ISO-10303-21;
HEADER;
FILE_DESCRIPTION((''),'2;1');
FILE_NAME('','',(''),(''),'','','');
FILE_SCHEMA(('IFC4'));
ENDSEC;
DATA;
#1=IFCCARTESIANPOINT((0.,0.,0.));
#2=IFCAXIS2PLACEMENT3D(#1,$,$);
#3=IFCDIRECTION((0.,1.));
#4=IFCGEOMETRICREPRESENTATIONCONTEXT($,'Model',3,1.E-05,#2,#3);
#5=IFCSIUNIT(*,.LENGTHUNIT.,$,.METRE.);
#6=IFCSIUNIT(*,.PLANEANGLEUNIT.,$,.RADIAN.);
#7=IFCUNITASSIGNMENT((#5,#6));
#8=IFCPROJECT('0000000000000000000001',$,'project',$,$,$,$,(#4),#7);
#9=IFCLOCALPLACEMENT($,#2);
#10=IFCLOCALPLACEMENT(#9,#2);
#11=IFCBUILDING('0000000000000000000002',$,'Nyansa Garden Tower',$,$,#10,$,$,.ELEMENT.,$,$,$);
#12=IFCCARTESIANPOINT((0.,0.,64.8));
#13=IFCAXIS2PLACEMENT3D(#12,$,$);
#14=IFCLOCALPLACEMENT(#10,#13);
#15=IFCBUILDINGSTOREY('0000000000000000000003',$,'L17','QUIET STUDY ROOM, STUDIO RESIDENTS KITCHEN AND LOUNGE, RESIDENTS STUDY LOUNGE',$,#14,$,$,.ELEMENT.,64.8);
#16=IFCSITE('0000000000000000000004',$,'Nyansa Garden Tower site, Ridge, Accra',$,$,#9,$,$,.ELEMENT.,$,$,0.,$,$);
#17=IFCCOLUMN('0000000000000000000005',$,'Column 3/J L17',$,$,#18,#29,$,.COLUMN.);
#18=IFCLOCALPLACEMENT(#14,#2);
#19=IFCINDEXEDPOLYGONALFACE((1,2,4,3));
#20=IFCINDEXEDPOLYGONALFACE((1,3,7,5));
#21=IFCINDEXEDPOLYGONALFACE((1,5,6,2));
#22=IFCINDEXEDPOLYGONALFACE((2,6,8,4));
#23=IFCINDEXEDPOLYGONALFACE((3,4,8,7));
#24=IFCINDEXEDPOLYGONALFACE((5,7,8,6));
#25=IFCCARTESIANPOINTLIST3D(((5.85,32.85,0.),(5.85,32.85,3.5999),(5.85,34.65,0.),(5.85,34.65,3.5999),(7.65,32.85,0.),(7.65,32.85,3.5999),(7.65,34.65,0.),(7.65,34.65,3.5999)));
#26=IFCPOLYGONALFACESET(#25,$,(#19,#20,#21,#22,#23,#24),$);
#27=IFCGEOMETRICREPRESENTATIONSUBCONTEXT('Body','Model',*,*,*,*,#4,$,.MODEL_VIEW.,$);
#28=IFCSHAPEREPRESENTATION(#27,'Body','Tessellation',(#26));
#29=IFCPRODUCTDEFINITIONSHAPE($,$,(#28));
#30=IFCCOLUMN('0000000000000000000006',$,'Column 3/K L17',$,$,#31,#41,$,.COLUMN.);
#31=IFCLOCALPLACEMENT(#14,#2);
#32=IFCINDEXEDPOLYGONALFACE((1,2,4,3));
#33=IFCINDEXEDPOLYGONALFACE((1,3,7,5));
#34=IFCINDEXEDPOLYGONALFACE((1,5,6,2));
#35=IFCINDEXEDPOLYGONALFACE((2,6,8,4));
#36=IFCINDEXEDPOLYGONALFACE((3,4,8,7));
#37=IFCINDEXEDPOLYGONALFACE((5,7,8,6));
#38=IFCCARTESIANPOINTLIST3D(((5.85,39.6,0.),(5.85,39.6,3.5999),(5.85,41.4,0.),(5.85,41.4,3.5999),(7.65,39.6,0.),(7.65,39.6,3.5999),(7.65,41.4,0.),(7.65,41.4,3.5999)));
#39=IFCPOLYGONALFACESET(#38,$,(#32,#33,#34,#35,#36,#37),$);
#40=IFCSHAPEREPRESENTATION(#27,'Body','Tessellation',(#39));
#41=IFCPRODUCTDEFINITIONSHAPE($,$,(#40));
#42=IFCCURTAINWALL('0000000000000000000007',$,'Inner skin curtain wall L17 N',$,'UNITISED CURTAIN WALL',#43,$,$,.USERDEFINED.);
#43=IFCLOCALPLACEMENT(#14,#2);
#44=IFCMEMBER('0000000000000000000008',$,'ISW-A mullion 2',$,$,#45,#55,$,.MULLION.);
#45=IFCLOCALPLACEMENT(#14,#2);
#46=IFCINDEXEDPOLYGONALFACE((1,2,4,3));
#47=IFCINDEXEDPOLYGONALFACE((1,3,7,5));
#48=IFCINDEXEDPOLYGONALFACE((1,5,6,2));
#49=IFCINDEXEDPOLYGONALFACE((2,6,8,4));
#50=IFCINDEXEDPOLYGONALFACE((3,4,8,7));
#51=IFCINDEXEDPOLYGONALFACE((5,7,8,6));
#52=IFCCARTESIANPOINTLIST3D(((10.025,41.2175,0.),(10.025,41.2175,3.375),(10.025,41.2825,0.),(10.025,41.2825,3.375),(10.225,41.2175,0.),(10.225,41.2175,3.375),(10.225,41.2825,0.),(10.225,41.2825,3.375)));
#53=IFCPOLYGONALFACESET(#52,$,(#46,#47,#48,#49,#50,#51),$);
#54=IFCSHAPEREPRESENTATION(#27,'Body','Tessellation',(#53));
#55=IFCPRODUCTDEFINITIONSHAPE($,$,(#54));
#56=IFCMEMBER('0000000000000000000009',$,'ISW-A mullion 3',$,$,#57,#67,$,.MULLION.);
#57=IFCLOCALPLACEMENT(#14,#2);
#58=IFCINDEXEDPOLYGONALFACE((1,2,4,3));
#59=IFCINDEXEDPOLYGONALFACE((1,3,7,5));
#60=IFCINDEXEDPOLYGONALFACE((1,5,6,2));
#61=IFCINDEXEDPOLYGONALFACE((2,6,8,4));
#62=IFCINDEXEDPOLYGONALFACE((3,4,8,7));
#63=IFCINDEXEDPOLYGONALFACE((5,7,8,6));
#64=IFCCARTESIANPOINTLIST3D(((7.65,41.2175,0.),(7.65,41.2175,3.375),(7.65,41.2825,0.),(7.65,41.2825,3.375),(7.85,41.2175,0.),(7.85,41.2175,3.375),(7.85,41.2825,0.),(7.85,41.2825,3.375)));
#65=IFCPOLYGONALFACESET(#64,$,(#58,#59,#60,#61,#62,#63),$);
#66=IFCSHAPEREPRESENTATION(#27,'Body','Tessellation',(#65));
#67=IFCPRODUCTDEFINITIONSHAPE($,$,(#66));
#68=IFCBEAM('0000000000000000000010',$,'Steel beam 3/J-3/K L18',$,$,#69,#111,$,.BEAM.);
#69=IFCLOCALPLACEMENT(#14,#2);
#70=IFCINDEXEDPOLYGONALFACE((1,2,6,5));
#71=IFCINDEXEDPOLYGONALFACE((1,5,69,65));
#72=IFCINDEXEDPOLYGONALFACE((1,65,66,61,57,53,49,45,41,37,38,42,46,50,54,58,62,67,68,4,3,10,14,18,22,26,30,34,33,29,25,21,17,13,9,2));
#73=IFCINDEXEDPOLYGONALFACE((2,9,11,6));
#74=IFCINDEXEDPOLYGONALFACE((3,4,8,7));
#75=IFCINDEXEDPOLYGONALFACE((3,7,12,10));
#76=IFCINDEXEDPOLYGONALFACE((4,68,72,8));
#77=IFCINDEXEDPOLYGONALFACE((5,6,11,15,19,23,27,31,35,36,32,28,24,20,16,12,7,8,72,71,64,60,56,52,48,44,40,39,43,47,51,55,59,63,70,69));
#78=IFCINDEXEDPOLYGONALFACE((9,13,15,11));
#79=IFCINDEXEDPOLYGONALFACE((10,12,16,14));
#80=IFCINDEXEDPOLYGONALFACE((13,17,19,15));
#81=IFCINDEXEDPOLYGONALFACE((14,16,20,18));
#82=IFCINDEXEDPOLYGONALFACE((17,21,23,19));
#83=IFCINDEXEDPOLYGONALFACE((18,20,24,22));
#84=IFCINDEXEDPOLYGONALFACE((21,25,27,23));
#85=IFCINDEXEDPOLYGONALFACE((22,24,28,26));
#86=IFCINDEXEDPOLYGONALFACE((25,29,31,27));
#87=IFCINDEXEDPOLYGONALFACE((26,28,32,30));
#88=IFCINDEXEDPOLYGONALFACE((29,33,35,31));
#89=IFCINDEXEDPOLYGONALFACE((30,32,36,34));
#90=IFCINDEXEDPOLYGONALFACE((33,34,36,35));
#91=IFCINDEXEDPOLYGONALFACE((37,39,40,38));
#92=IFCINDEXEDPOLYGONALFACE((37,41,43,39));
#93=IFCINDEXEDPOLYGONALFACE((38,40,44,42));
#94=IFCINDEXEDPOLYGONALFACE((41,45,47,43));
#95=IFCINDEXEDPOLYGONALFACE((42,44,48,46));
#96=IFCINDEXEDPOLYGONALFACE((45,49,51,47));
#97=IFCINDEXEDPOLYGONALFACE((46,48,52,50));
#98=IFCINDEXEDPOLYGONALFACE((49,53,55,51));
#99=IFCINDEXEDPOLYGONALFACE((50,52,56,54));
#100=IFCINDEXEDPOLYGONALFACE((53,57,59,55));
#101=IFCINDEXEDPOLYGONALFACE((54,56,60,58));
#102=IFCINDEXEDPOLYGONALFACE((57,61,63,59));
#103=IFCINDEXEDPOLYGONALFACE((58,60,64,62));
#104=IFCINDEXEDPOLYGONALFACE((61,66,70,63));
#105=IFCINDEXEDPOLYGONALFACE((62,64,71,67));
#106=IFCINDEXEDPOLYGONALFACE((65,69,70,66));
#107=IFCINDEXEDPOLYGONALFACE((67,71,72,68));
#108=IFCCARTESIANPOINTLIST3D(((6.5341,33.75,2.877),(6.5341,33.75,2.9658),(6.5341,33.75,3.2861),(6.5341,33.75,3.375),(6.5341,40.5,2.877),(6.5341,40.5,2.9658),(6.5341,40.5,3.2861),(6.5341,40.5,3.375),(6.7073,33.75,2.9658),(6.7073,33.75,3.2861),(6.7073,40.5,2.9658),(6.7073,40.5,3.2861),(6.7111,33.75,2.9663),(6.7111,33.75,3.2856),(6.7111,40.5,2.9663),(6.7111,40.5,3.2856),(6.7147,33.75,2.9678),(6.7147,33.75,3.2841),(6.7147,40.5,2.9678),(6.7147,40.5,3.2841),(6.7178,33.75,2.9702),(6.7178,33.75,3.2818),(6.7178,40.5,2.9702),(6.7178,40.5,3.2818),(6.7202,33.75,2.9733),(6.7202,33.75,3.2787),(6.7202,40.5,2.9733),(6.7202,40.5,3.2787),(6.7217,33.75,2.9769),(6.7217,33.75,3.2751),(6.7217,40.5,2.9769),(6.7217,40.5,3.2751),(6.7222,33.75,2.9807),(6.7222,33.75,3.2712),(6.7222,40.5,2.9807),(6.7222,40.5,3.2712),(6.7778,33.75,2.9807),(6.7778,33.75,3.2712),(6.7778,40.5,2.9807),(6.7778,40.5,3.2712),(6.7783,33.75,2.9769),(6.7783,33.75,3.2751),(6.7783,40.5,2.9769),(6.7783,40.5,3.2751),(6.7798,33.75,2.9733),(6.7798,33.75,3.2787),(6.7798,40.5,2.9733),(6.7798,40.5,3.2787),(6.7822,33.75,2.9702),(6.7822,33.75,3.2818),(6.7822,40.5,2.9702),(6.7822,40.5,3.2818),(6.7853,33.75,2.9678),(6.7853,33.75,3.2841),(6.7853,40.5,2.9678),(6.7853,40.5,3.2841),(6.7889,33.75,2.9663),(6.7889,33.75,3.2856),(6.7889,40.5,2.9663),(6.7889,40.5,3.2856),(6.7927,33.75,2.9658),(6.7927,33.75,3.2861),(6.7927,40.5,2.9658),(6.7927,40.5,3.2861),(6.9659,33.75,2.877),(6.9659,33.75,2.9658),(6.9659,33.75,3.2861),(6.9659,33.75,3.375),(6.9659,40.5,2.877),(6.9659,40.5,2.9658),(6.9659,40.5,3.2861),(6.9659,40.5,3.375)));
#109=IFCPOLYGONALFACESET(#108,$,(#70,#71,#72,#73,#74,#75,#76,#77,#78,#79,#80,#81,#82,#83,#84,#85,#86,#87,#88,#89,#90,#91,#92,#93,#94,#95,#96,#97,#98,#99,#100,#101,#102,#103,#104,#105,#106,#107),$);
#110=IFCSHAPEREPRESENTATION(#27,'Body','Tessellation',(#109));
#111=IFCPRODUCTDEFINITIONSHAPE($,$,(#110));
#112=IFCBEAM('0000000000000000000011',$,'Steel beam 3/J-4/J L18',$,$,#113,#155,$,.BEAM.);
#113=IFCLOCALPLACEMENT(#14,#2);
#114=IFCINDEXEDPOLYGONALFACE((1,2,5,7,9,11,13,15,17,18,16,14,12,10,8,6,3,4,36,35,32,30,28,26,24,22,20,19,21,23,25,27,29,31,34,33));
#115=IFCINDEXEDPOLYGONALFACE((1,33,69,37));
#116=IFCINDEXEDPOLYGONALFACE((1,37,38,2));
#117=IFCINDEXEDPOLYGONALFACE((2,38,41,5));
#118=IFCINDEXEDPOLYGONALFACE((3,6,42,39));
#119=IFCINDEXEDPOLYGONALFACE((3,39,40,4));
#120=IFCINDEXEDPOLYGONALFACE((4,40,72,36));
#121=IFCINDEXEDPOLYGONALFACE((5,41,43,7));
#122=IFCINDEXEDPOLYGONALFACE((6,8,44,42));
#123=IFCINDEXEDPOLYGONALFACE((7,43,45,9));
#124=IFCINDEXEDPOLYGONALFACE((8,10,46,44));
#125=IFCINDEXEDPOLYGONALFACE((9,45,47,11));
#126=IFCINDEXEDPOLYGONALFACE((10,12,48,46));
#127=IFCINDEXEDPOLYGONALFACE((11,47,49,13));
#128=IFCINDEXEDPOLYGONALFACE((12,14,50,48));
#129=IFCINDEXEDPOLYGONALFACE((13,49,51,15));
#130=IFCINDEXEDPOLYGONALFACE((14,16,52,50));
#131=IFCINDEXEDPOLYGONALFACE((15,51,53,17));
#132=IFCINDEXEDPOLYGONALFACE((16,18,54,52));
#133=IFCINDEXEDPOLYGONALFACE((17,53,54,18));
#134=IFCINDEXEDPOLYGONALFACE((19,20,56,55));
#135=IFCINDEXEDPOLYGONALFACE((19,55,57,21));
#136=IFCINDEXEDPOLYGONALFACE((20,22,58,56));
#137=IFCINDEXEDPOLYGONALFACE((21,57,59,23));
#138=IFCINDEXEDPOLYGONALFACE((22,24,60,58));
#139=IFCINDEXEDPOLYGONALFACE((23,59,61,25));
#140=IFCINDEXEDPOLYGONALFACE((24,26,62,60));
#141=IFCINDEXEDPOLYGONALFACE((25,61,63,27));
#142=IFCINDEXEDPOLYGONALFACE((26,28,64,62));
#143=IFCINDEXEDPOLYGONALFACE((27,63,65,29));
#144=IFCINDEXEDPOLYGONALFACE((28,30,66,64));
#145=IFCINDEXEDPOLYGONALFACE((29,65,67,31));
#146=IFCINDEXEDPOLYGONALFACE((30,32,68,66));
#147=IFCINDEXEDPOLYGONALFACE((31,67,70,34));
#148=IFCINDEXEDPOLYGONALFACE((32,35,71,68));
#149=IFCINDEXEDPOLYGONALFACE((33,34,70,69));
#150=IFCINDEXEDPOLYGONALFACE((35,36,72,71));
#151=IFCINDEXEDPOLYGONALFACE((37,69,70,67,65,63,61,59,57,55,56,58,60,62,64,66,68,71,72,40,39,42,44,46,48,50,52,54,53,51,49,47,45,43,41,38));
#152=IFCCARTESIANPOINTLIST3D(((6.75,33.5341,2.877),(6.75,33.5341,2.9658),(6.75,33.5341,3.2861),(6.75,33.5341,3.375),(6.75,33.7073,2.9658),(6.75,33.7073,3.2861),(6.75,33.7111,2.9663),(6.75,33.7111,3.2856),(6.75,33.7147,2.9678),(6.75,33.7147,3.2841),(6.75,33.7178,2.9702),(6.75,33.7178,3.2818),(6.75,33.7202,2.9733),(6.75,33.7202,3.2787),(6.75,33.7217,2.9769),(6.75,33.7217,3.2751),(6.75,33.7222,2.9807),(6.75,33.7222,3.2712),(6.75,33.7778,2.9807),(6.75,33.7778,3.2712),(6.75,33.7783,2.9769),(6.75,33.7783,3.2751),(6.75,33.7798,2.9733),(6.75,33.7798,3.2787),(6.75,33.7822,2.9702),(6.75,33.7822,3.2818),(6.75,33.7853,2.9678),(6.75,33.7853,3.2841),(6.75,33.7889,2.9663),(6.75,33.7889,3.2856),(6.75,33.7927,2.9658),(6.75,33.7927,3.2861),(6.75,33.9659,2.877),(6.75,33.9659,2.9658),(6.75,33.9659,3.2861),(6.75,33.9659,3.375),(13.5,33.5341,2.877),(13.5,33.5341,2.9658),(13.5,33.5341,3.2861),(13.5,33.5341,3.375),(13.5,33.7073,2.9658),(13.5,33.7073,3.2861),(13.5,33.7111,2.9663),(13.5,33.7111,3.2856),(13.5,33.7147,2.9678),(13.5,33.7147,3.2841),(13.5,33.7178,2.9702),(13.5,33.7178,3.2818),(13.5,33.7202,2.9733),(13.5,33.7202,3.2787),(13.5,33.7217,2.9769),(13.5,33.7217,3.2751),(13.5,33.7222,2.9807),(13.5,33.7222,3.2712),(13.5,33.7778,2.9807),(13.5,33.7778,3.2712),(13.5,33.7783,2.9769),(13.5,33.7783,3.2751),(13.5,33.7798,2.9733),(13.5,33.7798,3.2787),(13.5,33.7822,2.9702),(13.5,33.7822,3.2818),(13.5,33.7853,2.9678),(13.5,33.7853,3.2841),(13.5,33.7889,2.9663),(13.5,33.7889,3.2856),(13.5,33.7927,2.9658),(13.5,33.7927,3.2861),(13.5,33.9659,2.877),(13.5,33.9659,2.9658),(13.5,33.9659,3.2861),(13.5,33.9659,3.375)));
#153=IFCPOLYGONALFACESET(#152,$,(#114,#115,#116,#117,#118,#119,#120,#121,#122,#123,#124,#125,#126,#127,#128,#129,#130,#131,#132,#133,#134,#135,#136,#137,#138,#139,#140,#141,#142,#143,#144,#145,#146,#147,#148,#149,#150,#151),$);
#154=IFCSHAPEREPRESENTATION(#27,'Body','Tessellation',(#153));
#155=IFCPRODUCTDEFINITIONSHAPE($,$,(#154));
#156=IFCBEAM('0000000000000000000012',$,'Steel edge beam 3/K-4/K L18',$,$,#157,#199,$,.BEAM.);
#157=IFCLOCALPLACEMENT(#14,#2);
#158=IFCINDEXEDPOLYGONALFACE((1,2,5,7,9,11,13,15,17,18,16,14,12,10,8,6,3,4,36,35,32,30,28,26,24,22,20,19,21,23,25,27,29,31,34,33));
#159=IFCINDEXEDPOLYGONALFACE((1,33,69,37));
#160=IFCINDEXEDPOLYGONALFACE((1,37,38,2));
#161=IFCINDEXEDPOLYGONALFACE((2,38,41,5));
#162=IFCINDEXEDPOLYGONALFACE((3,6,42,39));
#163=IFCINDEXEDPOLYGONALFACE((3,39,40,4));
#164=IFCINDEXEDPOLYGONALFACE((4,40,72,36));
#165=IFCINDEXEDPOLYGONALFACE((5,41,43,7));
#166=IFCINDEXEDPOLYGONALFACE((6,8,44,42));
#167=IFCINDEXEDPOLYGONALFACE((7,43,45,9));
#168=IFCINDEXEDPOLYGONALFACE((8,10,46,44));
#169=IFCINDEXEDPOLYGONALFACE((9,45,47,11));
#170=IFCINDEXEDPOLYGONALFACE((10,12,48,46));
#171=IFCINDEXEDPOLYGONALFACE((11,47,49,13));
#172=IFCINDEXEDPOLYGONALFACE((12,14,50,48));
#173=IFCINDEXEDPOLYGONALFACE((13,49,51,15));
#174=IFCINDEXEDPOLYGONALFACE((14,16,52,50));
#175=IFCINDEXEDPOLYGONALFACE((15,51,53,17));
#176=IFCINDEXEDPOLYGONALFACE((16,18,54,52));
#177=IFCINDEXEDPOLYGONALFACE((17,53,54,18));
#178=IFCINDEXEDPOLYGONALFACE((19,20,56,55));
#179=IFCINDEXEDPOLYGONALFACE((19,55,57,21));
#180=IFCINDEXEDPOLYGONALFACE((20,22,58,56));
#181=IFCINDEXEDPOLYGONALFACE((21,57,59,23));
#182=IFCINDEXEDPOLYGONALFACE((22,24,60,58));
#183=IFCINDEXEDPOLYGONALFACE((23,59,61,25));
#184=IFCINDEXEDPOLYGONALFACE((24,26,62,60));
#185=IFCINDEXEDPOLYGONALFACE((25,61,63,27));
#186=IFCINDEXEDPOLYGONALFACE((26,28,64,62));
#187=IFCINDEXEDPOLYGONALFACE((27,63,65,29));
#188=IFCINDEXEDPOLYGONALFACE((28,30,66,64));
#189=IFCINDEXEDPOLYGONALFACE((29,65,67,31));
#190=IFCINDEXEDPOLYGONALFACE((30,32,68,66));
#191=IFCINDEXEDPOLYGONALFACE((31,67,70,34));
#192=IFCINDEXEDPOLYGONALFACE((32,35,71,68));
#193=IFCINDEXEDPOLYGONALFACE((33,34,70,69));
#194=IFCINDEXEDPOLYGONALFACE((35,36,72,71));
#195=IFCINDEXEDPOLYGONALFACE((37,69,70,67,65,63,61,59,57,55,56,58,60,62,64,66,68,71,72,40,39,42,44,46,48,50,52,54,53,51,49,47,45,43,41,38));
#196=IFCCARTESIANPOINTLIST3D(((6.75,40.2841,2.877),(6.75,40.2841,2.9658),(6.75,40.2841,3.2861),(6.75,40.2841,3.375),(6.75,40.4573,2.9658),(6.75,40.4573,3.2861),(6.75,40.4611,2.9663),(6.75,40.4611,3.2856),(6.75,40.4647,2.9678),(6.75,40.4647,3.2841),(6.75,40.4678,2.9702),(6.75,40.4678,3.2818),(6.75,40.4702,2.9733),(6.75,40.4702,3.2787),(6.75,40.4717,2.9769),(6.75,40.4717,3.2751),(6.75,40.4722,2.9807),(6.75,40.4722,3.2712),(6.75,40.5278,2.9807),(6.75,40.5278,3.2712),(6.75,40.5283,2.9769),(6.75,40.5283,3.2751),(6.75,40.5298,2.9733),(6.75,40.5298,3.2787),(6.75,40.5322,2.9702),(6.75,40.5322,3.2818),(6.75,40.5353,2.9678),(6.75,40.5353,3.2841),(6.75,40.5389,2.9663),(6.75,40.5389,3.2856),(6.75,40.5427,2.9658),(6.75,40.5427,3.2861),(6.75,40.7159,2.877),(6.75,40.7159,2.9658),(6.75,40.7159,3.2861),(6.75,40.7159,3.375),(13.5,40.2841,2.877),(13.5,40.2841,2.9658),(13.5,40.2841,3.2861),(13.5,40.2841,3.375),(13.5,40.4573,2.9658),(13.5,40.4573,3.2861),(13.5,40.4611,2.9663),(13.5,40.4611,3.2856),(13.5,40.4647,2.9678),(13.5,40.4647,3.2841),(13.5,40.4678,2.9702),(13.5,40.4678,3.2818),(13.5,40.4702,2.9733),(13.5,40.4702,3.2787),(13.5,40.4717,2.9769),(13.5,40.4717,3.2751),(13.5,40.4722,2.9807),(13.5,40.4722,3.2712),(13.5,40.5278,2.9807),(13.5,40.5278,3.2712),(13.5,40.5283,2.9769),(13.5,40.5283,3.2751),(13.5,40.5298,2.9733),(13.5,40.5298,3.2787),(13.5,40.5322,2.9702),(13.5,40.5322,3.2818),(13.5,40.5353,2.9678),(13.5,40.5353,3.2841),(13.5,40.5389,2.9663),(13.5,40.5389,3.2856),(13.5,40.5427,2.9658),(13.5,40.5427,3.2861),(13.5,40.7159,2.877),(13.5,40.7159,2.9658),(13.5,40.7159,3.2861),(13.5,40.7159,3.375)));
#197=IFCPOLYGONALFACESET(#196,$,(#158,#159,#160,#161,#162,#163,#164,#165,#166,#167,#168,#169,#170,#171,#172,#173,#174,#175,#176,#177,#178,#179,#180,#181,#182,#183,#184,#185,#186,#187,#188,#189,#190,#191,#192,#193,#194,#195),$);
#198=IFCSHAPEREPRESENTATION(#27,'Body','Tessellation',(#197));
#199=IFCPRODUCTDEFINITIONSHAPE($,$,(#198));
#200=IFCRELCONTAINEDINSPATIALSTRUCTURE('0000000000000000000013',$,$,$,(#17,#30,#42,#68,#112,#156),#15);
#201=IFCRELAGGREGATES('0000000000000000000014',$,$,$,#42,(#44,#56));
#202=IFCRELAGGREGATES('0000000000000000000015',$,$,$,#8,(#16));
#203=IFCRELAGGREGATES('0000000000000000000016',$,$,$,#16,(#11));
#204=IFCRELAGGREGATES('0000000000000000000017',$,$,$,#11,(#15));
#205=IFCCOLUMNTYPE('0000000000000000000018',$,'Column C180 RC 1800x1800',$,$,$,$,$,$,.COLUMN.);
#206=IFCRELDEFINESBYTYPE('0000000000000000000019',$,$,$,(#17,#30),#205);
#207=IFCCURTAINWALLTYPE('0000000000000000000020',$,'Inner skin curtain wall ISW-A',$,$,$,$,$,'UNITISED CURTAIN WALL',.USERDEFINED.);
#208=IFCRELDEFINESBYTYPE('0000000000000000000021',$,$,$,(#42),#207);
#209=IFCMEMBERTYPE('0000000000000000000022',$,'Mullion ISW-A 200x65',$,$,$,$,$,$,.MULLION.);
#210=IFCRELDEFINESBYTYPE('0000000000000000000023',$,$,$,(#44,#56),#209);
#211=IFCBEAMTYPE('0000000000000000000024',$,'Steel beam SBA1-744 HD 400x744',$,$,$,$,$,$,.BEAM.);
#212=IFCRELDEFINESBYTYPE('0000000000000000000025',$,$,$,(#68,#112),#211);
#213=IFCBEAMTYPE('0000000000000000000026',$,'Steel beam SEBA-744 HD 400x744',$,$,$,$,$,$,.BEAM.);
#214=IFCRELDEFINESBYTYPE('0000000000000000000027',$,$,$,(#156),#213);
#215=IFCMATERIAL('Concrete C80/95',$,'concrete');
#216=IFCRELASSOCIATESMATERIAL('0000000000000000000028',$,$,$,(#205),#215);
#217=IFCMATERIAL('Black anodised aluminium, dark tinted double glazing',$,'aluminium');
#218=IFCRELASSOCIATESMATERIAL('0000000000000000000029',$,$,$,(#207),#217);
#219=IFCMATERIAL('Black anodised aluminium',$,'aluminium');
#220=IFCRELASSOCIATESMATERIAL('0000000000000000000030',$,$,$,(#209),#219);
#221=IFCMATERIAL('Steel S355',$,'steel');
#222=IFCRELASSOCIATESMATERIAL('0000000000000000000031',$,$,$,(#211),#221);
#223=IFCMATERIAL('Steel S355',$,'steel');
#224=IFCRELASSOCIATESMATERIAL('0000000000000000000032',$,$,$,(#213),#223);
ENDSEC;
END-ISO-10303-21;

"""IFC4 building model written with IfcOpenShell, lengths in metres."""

from ifc_helpers import new_model, si_unit, direction, frame, origin, origin_2d, place, context, subcontext, project, spatial, rectangle, i_section, extrude, material, material_profile, profile_set, type_object, element, aggregate, save


model = new_model("IFC4")

# Units and contexts
model_context = context("Model", 3, precision=1e-05, world=origin(), true_north=direction((0.0, 1.0)))
body_context = subcontext(model_context, "Body", "Model", "MODEL_VIEW")
ifc_project = project(units=[si_unit("LENGTHUNIT", "METRE"), si_unit("PLANEANGLEUNIT", "RADIAN")], contexts=[model_context])

# Site, building, storey
site_placement = place(None, origin())
site = spatial("IfcSite", under=ifc_project, at=site_placement, Name="Nyansa Garden Tower site, Ridge, Accra", CompositionType="ELEMENT", RefElevation=0.0)
building_placement = place(site_placement, origin())
building = spatial("IfcBuilding", under=site, at=building_placement, Name="Nyansa Garden Tower", CompositionType="ELEMENT")
storey_placement = place(building_placement, frame((0.0, 0.0, 64.8)))
storey = spatial("IfcBuildingStorey", under=building, at=storey_placement, Name="L17", Description="QUIET STUDY ROOM, STUDIO RESIDENTS KITCHEN AND LOUNGE, RESIDENTS STUDY LOUNGE", CompositionType="ELEMENT", Elevation=64.8)

# Columns
ifc_material_1 = material(Name="Concrete C80/95", Category="concrete")
ifc_material_profile_1 = material_profile(ifc_material_1, rectangle(XDim=1.8, YDim=1.8, at=origin_2d()), Name="RC 1800x1800")
ifc_profile_set_1 = profile_set([ifc_material_profile_1], Name="Concrete C80/95")
column_type = type_object("IfcColumnType", Name="Column C180 RC 1800x1800", PredefinedType="COLUMN", material=ifc_profile_set_1)
for number, where, z_axis, x_axis, name in (
    (1, (6.75, 33.75, 0.0), (0.0, 0.0, 1.0), (1.0, 0.0, 0.0), "Column 3/J L17"),
    (2, (6.75, 40.5, 0.0), (0.0, 0.0, 1.0), (1.0, 0.0, 0.0), "Column 3/K L17"),
):
    element("IfcColumn", number, at=place(storey_placement, frame(where, z_axis=z_axis, x_axis=x_axis)), inside=storey, type_object=column_type, Name=name, PredefinedType="COLUMN", context=body_context, shape_type="SweptSolid", body=[
        extrude(rectangle(XDim=1.8, YDim=1.8, at=origin_2d()), origin(), (0.0, 0.0, 1.0), 3.5999),
    ])

# Curtain wall, members
ifc_material_2 = material(Name="Black anodised aluminium, dark tinted double glazing", Category="aluminium")
curtain_wall_type = type_object("IfcCurtainWallType", Name="Inner skin curtain wall ISW-A", ElementType="UNITISED CURTAIN WALL", PredefinedType="USERDEFINED", material=ifc_material_2)
curtain_wall_placement = place(storey_placement, origin())
curtain_wall = element("IfcCurtainWall", 3, at=curtain_wall_placement, inside=storey, type_object=curtain_wall_type, Name="Inner skin curtain wall L17 N", ObjectType="UNITISED CURTAIN WALL", PredefinedType="USERDEFINED")
ifc_material_3 = material(Name="Black anodised aluminium", Category="aluminium")
ifc_material_profile_2 = material_profile(ifc_material_3, rectangle(XDim=0.0649, YDim=0.2, at=origin_2d()), Name="Mullion 200x65")
ifc_profile_set_2 = profile_set([ifc_material_profile_2], Name="Black anodised aluminium")
member_type_1 = type_object("IfcMemberType", Name="Mullion ISW-A 200x65", PredefinedType="MULLION", material=ifc_profile_set_2)
member_1_placement = place(storey_placement, frame((10.125, 41.25, 0.0), z_axis=(0.0, 0.0, 1.0), x_axis=(0.0, -1.0, 0.0)))
member_1 = element("IfcMember", 4, at=member_1_placement, type_object=member_type_1, Name="ISW-A mullion 2", PredefinedType="MULLION", context=body_context, shape_type="SweptSolid", body=[
    extrude(rectangle(XDim=0.0649, YDim=0.2, at=origin_2d()), origin(), (0.0, 0.0, 1.0), 3.375),
])
member_2_placement = place(storey_placement, frame((7.75, 41.25, 0.0), z_axis=(0.0, 0.0, 1.0), x_axis=(0.0, -1.0, 0.0)))
member_2 = element("IfcMember", 5, at=member_2_placement, type_object=member_type_1, Name="ISW-A mullion 3", PredefinedType="MULLION", context=body_context, shape_type="SweptSolid", body=[
    extrude(rectangle(XDim=0.0649, YDim=0.2, at=origin_2d()), origin(), (0.0, 0.0, 1.0), 3.375),
])

# Beams
ifc_material_4 = material(Name="Steel S355", Category="steel")
ifc_material_profile_3 = material_profile(ifc_material_4, i_section(OverallWidth=0.4319, OverallDepth=0.498, WebThickness=0.0557, FlangeThickness=0.0889, FilletRadius=0.0149, at=origin_2d()), Name="HD 400x744")
ifc_profile_set_3 = profile_set([ifc_material_profile_3], Name="Steel S355")
beam_type_1 = type_object("IfcBeamType", Name="Steel beam SBA1-744 HD 400x744", PredefinedType="BEAM", material=ifc_profile_set_3)
for number, where, z_axis, x_axis, name in (
    (6, (6.75, 33.75, 3.126), (0.0, 1.0, 0.0), (-1.0, 0.0, 0.0), "Steel beam 3/J-3/K L18"),
    (7, (6.75, 33.75, 3.126), (1.0, 0.0, 0.0), (0.0, 1.0, 0.0), "Steel beam 3/J-4/J L18"),
):
    element("IfcBeam", number, at=place(storey_placement, frame(where, z_axis=z_axis, x_axis=x_axis)), inside=storey, type_object=beam_type_1, Name=name, PredefinedType="BEAM", context=body_context, shape_type="SweptSolid", body=[
        extrude(i_section(OverallWidth=0.4319, OverallDepth=0.498, WebThickness=0.0557, FlangeThickness=0.0889, FilletRadius=0.0149, at=origin_2d()), origin(), (0.0, 0.0, 1.0), 6.75),
    ])
ifc_material_5 = material(Name="Steel S355", Category="steel")
ifc_material_profile_4 = material_profile(ifc_material_5, i_section(OverallWidth=0.4319, OverallDepth=0.498, WebThickness=0.0557, FlangeThickness=0.0889, FilletRadius=0.0149, at=origin_2d()), Name="HD 400x744")
ifc_profile_set_4 = profile_set([ifc_material_profile_4], Name="Steel S355")
beam_type_2 = type_object("IfcBeamType", Name="Steel beam SEBA-744 HD 400x744", PredefinedType="BEAM", material=ifc_profile_set_4)
beam_placement = place(storey_placement, frame((6.75, 40.5, 3.126), z_axis=(1.0, 0.0, 0.0), x_axis=(0.0, 1.0, 0.0)))
element("IfcBeam", 8, at=beam_placement, inside=storey, type_object=beam_type_2, Name="Steel edge beam 3/K-4/K L18", PredefinedType="BEAM", context=body_context, shape_type="SweptSolid", body=[
    extrude(i_section(OverallWidth=0.4319, OverallDepth=0.498, WebThickness=0.0557, FlangeThickness=0.0889, FilletRadius=0.0149, at=origin_2d()), origin(), (0.0, 0.0, 1.0), 6.75),
])

aggregate(curtain_wall, [member_1, member_2])

save(model, "model.ifc")
